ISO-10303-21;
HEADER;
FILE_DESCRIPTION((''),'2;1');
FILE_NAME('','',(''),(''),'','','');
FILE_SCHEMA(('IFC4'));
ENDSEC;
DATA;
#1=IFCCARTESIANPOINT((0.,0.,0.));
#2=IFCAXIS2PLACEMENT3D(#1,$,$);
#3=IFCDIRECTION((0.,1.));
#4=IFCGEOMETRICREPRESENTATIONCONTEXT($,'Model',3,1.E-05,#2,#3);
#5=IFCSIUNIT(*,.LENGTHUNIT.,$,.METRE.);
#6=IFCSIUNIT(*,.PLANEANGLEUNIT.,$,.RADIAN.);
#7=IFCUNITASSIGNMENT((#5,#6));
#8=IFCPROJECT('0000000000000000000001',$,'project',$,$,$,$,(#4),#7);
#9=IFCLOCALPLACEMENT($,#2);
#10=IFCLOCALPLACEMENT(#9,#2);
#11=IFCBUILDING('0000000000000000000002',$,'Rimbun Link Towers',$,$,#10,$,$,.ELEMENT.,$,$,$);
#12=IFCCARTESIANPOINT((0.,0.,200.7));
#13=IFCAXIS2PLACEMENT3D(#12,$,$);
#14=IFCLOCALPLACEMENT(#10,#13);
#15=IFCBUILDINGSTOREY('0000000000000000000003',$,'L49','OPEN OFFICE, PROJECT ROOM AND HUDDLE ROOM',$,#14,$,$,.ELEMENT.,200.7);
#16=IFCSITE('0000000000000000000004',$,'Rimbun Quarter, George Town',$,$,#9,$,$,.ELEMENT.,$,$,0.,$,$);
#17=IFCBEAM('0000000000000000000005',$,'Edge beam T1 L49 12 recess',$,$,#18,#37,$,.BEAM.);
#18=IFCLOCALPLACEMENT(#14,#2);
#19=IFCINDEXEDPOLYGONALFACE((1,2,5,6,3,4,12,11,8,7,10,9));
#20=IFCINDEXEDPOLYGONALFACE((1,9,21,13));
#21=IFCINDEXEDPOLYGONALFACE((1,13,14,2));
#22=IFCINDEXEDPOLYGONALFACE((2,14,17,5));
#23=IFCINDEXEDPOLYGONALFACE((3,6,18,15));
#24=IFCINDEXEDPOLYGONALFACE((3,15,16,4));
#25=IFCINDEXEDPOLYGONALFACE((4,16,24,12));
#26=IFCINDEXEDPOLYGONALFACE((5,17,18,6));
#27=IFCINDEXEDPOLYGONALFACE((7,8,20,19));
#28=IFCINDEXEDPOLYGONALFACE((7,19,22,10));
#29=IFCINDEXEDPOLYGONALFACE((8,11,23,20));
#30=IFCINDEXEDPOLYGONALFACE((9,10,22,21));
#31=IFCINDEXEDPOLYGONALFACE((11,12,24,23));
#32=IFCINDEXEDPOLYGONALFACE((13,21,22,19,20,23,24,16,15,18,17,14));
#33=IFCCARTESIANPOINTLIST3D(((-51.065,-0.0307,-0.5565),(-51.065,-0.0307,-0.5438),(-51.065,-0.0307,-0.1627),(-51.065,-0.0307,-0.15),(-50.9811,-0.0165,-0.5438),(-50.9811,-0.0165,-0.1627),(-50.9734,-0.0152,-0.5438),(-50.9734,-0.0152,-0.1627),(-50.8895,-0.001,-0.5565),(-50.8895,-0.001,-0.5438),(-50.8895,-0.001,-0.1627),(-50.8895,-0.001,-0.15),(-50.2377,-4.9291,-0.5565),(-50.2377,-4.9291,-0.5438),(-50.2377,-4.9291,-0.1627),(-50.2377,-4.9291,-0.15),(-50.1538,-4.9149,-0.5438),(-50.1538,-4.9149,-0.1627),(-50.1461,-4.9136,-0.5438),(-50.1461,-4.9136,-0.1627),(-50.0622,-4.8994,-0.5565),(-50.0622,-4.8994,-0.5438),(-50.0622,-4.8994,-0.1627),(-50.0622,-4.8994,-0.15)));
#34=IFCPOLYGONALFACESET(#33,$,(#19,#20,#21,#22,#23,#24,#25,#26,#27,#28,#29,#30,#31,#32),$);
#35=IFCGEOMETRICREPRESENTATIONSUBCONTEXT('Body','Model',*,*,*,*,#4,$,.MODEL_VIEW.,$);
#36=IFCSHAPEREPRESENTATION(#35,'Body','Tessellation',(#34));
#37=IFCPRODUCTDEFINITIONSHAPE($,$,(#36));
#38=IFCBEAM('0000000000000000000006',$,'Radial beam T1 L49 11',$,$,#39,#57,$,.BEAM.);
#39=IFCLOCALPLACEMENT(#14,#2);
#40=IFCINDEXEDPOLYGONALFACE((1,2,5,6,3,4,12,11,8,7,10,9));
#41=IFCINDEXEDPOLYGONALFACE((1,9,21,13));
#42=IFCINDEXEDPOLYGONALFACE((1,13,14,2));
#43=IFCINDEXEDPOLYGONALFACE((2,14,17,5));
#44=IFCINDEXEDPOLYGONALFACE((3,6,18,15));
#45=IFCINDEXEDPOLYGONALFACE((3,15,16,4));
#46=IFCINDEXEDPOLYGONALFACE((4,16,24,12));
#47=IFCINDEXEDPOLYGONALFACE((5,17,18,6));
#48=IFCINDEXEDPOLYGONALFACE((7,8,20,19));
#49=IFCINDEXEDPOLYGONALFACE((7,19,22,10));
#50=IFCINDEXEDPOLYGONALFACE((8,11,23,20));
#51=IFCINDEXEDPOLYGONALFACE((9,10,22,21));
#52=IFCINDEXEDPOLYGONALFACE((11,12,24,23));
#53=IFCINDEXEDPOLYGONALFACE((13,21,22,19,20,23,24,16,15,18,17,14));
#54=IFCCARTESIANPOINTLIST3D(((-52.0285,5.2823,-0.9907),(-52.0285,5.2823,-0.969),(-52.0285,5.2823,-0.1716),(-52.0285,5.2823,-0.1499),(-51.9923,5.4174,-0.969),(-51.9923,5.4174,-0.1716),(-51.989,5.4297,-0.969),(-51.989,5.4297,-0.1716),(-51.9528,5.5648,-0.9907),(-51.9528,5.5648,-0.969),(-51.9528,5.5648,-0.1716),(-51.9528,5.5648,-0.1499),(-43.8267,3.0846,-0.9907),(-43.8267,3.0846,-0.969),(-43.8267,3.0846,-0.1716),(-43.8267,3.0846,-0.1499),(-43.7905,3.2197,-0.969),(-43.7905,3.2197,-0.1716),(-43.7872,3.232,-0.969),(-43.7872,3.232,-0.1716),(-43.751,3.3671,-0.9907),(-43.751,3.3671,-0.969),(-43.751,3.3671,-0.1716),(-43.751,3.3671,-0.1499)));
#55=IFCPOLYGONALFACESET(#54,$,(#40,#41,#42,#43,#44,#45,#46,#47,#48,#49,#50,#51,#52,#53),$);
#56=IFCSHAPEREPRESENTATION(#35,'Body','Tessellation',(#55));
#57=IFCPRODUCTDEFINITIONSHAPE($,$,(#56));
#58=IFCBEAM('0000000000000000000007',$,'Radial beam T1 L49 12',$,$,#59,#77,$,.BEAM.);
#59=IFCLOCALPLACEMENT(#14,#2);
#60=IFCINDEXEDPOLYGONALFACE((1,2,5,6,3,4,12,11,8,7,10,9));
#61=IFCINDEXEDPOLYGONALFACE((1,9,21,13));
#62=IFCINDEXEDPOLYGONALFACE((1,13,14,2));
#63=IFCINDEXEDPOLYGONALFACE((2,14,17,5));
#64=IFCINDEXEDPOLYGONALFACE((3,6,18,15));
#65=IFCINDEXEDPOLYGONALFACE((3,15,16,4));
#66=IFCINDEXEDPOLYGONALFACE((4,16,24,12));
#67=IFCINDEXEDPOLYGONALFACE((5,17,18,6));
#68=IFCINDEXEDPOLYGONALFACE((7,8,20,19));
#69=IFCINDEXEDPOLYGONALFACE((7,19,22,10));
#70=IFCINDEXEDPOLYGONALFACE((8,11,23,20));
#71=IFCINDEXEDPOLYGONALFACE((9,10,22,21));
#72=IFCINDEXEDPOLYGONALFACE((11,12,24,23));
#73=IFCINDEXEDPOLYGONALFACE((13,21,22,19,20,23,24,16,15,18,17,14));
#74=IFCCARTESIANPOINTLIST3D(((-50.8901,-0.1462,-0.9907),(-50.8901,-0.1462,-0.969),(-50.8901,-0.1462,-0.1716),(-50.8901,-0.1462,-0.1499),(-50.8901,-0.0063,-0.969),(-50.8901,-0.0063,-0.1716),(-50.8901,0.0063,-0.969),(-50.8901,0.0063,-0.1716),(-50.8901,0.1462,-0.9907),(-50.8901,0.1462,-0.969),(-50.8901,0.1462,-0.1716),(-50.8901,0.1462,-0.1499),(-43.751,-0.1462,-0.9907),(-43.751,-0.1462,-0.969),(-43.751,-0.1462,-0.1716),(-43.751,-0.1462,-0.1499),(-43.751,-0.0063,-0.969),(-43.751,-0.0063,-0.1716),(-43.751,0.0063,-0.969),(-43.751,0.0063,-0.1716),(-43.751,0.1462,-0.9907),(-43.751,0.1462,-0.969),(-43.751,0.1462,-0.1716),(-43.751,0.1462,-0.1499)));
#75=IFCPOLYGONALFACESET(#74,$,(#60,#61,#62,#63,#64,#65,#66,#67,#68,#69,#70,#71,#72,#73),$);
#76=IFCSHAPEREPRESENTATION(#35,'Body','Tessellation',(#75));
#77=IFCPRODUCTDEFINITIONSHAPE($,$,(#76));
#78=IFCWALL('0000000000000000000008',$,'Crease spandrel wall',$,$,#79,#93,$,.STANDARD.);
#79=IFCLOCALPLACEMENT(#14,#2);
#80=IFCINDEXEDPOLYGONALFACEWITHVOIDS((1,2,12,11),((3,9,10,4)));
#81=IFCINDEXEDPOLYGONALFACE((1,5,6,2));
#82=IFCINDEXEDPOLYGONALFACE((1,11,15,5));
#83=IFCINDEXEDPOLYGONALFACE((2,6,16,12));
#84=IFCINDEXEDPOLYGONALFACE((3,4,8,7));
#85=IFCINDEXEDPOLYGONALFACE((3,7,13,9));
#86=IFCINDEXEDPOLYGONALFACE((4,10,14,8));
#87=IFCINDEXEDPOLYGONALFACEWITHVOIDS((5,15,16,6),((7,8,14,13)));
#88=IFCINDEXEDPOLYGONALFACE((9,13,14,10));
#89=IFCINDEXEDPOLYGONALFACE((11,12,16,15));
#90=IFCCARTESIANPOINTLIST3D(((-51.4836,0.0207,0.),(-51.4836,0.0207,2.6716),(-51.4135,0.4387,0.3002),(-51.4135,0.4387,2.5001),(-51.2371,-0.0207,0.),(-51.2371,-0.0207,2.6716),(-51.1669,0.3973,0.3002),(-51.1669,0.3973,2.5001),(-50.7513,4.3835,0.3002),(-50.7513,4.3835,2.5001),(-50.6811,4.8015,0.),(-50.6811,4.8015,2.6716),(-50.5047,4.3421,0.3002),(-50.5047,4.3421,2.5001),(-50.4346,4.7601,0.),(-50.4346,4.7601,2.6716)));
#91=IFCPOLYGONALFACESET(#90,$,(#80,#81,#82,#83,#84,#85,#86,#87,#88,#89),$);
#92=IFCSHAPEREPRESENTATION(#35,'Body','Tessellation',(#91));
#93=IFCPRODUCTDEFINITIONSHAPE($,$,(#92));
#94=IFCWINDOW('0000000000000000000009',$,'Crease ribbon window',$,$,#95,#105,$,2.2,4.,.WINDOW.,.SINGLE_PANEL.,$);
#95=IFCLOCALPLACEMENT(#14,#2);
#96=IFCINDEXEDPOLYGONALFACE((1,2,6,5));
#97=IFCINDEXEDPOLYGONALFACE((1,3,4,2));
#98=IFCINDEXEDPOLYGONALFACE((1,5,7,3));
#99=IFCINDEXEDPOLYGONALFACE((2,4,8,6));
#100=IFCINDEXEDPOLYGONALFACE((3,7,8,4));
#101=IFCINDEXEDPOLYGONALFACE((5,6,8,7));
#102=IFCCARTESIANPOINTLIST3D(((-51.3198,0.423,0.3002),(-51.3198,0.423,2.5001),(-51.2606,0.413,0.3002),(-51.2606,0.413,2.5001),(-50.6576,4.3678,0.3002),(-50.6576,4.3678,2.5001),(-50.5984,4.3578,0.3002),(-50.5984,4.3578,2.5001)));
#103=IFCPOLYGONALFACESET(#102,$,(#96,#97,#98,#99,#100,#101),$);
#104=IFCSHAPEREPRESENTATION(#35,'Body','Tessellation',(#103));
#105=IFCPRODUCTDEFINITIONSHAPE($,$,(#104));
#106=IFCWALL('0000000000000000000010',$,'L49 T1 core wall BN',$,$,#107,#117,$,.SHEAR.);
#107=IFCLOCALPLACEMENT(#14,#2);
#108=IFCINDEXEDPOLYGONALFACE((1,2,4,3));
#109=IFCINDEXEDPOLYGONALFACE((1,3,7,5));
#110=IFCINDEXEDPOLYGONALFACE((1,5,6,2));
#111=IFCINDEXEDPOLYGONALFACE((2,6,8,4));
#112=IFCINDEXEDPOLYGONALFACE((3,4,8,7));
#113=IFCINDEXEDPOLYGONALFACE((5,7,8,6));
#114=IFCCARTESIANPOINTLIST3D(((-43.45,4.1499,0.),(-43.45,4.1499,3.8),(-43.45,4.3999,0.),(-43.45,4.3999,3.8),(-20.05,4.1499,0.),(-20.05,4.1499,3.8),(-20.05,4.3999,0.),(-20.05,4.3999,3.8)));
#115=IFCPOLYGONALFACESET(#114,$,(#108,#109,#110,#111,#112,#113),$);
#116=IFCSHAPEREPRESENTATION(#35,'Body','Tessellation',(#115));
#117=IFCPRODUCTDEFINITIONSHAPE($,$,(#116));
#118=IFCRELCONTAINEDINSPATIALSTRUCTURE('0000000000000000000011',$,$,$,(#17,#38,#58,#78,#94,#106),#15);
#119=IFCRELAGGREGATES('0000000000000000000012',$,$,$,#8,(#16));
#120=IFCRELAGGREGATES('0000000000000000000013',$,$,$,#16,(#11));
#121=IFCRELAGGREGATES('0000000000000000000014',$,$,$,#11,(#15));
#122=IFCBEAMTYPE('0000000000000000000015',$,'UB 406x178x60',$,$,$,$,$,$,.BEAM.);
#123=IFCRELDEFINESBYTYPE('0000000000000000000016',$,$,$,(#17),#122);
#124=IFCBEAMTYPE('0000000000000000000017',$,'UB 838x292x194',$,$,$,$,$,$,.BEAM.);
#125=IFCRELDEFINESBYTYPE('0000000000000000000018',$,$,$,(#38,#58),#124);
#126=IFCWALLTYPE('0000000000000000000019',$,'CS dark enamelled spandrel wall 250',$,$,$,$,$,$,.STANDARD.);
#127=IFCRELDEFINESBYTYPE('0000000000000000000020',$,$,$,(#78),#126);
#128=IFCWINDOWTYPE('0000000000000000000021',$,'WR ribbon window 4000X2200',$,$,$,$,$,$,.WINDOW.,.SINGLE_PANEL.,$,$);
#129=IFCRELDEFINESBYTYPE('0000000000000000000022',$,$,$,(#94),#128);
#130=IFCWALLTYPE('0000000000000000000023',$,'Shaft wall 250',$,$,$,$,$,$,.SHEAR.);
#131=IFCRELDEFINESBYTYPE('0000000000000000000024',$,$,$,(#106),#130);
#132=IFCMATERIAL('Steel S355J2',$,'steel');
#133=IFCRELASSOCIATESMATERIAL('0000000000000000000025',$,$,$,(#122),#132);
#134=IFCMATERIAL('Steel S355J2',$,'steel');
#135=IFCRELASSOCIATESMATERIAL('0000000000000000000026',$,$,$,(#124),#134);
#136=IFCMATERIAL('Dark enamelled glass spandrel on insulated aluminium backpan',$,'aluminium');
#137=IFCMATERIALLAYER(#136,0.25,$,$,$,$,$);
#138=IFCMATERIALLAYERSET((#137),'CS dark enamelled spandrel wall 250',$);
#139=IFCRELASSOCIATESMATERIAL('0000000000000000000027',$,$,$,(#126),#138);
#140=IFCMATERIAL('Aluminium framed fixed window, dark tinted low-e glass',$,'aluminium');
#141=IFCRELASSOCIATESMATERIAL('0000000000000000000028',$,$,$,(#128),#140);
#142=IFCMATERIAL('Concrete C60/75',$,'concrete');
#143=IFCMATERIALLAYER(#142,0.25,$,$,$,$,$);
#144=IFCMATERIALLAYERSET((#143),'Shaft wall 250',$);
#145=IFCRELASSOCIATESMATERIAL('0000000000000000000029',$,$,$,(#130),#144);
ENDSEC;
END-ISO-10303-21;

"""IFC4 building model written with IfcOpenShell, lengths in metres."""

from ifc_helpers import new_model, si_unit, direction, frame, frame_2d, origin, origin_2d, place, context, subcontext, project, spatial, rectangle, i_section, extrude, material, layer, layer_set, material_profile, profile_set, type_object, element, fill, save


model = new_model("IFC4")

# Units and contexts
model_context = context("Model", 3, precision=1e-05, world=origin(), true_north=direction((0.0, 1.0)))
body_context = subcontext(model_context, "Body", "Model", "MODEL_VIEW")
ifc_project = project(units=[si_unit("LENGTHUNIT", "METRE"), si_unit("PLANEANGLEUNIT", "RADIAN")], contexts=[model_context])

# Site, building, storey
site_placement = place(None, origin())
site = spatial("IfcSite", under=ifc_project, at=site_placement, Name="Rimbun Quarter, George Town", CompositionType="ELEMENT", RefElevation=0.0)
building_placement = place(site_placement, origin())
building = spatial("IfcBuilding", under=site, at=building_placement, Name="Rimbun Link Towers", CompositionType="ELEMENT")
storey_placement = place(building_placement, frame((0.0, 0.0, 200.7)))
storey = spatial("IfcBuildingStorey", under=building, at=storey_placement, Name="L49", Description="OPEN OFFICE, PROJECT ROOM AND HUDDLE ROOM", CompositionType="ELEMENT", Elevation=200.7)

# Beams
ifc_material_1 = material(Name="Steel S355J2", Category="steel")
ifc_material_profile_1 = material_profile(ifc_material_1, i_section(OverallWidth=0.178, OverallDepth=0.4065, WebThickness=0.0078, FlangeThickness=0.0127, at=origin_2d()), Name="UB 406x178x60")
ifc_profile_set_1 = profile_set([ifc_material_profile_1], Name="Steel S355J2")
beam_type_1 = type_object("IfcBeamType", Name="UB 406x178x60", PredefinedType="BEAM", material=ifc_profile_set_1)
beam_1_placement = place(storey_placement, frame((-50.9773, -0.0159, -0.3533), z_axis=(0.16655, -0.986033, 0.0), x_axis=(0.986033, 0.16655, 0.0)))
element("IfcBeam", 1, at=beam_1_placement, inside=storey, type_object=beam_type_1, Name="Edge beam T1 L49 12 recess", PredefinedType="BEAM", context=body_context, shape_type="SweptSolid", body=[
    extrude(i_section(OverallWidth=0.178, OverallDepth=0.4065, WebThickness=0.0078, FlangeThickness=0.0127, at=origin_2d()), origin(), (0.0, 0.0, 1.0), 4.9678),
])
ifc_material_2 = material(Name="Steel S355J2", Category="steel")
ifc_material_profile_2 = material_profile(ifc_material_2, i_section(OverallWidth=0.2925, OverallDepth=0.8408, WebThickness=0.0127, FlangeThickness=0.0217, at=origin_2d()), Name="UB 838x292x194")
ifc_profile_set_2 = profile_set([ifc_material_profile_2], Name="Steel S355J2")
beam_type_2 = type_object("IfcBeamType", Name="UB 838x292x194", PredefinedType="BEAM", material=ifc_profile_set_2)
beam_2_placement = place(storey_placement, frame((-43.7888, 3.2258, -0.5703), z_axis=(-0.965924, 0.258826, 0.0), x_axis=(-0.258826, -0.965924, 0.0)))
element("IfcBeam", 2, at=beam_2_placement, inside=storey, type_object=beam_type_2, Name="Radial beam T1 L49 11", PredefinedType="BEAM", context=body_context, shape_type="SweptSolid", body=[
    extrude(i_section(OverallWidth=0.2925, OverallDepth=0.8408, WebThickness=0.0127, FlangeThickness=0.0217, at=origin_2d()), origin(), (0.0, 0.0, 1.0), 8.4912),
])
beam_3_placement = place(storey_placement, frame((-43.751, 0.0, -0.5703), z_axis=(-1.0, 0.0, 0.0), x_axis=(0.0, -1.0, 0.0)))
element("IfcBeam", 3, at=beam_3_placement, inside=storey, type_object=beam_type_2, Name="Radial beam T1 L49 12", PredefinedType="BEAM", context=body_context, shape_type="SweptSolid", body=[
    extrude(i_section(OverallWidth=0.2925, OverallDepth=0.8408, WebThickness=0.0127, FlangeThickness=0.0217, at=origin_2d()), origin(), (0.0, 0.0, 1.0), 7.1392),
])

# Wall, opening, window
ifc_material_3 = material(Name="Dark enamelled glass spandrel on insulated aluminium backpan", Category="aluminium")
ifc_layer_1 = layer(ifc_material_3, 0.25)
ifc_layer_set_1 = layer_set([ifc_layer_1], Name="CS dark enamelled spandrel wall 250")
wall_type_1 = type_object("IfcWallType", Name="CS dark enamelled spandrel wall 250", PredefinedType="STANDARD", material=ifc_layer_set_1)
wall_1_placement = place(storey_placement, frame((-51.3604, 0.0, 0.0), z_axis=(0.0, 0.0, 1.0), x_axis=(0.165542, 0.986203, 0.0)))
wall_1 = element("IfcWall", 4, at=wall_1_placement, inside=storey, type_object=wall_type_1, Name="Crease spandrel wall", PredefinedType="STANDARD", context=body_context, shape_type="SweptSolid", body=[
    extrude(rectangle(XDim=4.8477, YDim=0.25, at=frame_2d((2.4238, 0.0))), origin(), (0.0, 0.0, 1.0), 2.6716),
])
opening_1_placement = place(wall_1_placement, frame((0.4238, 0.0, 0.3)))
opening_1 = element("IfcOpeningElement", 5, at=opening_1_placement, cuts=wall_1, PredefinedType="OPENING", context=body_context, shape_type="SweptSolid", body=[
    extrude(rectangle(XDim=4.0, YDim=2.2, at=frame_2d((2.0, 1.1001))), frame((0.0, 0.135, 0.0), z_axis=(0.0, -1.0, 0.0), x_axis=(1.0, 0.0, 0.0)), (0.0, 0.0, 1.0), 0.27),
])
ifc_material_4 = material(Name="Aluminium framed fixed window, dark tinted low-e glass", Category="aluminium")
window_type = type_object("IfcWindowType", Name="WR ribbon window 4000X2200", PartitioningType="SINGLE_PANEL", PredefinedType="WINDOW", material=ifc_material_4)
window_placement = place(opening_1_placement, origin())
window = element("IfcWindow", 6, at=window_placement, inside=storey, type_object=window_type, Name="Crease ribbon window", OverallHeight=2.2, OverallWidth=4.0, PartitioningType="SINGLE_PANEL", PredefinedType="WINDOW", context=body_context, shape_type="SweptSolid", body=[
    extrude(rectangle(XDim=4.0, YDim=2.2, at=frame_2d((2.0, 1.1001))), frame((0.0, 0.03, 0.0), z_axis=(0.0, -1.0, 0.0), x_axis=(1.0, 0.0, 0.0)), (0.0, 0.0, 1.0), 0.0601),
])
fill(opening_1, window)

# Wall
ifc_material_5 = material(Name="Concrete C60/75", Category="concrete")
ifc_layer_2 = layer(ifc_material_5, 0.25)
ifc_layer_set_2 = layer_set([ifc_layer_2], Name="Shaft wall 250")
wall_type_2 = type_object("IfcWallType", Name="Shaft wall 250", PredefinedType="SHEAR", material=ifc_layer_set_2)
wall_2_placement = place(storey_placement, frame((-43.45, 4.2749, 0.0), z_axis=(0.0, 0.0, 1.0), x_axis=(1.0, 0.0, 0.0)))
element("IfcWall", 7, at=wall_2_placement, inside=storey, type_object=wall_type_2, Name="L49 T1 core wall BN", PredefinedType="SHEAR", context=body_context, shape_type="SweptSolid", body=[
    extrude(rectangle(XDim=23.3999, YDim=0.25, at=frame_2d((11.7, 0.0))), origin(), (0.0, 0.0, 1.0), 3.8),
])

save(model, "model.ifc")
